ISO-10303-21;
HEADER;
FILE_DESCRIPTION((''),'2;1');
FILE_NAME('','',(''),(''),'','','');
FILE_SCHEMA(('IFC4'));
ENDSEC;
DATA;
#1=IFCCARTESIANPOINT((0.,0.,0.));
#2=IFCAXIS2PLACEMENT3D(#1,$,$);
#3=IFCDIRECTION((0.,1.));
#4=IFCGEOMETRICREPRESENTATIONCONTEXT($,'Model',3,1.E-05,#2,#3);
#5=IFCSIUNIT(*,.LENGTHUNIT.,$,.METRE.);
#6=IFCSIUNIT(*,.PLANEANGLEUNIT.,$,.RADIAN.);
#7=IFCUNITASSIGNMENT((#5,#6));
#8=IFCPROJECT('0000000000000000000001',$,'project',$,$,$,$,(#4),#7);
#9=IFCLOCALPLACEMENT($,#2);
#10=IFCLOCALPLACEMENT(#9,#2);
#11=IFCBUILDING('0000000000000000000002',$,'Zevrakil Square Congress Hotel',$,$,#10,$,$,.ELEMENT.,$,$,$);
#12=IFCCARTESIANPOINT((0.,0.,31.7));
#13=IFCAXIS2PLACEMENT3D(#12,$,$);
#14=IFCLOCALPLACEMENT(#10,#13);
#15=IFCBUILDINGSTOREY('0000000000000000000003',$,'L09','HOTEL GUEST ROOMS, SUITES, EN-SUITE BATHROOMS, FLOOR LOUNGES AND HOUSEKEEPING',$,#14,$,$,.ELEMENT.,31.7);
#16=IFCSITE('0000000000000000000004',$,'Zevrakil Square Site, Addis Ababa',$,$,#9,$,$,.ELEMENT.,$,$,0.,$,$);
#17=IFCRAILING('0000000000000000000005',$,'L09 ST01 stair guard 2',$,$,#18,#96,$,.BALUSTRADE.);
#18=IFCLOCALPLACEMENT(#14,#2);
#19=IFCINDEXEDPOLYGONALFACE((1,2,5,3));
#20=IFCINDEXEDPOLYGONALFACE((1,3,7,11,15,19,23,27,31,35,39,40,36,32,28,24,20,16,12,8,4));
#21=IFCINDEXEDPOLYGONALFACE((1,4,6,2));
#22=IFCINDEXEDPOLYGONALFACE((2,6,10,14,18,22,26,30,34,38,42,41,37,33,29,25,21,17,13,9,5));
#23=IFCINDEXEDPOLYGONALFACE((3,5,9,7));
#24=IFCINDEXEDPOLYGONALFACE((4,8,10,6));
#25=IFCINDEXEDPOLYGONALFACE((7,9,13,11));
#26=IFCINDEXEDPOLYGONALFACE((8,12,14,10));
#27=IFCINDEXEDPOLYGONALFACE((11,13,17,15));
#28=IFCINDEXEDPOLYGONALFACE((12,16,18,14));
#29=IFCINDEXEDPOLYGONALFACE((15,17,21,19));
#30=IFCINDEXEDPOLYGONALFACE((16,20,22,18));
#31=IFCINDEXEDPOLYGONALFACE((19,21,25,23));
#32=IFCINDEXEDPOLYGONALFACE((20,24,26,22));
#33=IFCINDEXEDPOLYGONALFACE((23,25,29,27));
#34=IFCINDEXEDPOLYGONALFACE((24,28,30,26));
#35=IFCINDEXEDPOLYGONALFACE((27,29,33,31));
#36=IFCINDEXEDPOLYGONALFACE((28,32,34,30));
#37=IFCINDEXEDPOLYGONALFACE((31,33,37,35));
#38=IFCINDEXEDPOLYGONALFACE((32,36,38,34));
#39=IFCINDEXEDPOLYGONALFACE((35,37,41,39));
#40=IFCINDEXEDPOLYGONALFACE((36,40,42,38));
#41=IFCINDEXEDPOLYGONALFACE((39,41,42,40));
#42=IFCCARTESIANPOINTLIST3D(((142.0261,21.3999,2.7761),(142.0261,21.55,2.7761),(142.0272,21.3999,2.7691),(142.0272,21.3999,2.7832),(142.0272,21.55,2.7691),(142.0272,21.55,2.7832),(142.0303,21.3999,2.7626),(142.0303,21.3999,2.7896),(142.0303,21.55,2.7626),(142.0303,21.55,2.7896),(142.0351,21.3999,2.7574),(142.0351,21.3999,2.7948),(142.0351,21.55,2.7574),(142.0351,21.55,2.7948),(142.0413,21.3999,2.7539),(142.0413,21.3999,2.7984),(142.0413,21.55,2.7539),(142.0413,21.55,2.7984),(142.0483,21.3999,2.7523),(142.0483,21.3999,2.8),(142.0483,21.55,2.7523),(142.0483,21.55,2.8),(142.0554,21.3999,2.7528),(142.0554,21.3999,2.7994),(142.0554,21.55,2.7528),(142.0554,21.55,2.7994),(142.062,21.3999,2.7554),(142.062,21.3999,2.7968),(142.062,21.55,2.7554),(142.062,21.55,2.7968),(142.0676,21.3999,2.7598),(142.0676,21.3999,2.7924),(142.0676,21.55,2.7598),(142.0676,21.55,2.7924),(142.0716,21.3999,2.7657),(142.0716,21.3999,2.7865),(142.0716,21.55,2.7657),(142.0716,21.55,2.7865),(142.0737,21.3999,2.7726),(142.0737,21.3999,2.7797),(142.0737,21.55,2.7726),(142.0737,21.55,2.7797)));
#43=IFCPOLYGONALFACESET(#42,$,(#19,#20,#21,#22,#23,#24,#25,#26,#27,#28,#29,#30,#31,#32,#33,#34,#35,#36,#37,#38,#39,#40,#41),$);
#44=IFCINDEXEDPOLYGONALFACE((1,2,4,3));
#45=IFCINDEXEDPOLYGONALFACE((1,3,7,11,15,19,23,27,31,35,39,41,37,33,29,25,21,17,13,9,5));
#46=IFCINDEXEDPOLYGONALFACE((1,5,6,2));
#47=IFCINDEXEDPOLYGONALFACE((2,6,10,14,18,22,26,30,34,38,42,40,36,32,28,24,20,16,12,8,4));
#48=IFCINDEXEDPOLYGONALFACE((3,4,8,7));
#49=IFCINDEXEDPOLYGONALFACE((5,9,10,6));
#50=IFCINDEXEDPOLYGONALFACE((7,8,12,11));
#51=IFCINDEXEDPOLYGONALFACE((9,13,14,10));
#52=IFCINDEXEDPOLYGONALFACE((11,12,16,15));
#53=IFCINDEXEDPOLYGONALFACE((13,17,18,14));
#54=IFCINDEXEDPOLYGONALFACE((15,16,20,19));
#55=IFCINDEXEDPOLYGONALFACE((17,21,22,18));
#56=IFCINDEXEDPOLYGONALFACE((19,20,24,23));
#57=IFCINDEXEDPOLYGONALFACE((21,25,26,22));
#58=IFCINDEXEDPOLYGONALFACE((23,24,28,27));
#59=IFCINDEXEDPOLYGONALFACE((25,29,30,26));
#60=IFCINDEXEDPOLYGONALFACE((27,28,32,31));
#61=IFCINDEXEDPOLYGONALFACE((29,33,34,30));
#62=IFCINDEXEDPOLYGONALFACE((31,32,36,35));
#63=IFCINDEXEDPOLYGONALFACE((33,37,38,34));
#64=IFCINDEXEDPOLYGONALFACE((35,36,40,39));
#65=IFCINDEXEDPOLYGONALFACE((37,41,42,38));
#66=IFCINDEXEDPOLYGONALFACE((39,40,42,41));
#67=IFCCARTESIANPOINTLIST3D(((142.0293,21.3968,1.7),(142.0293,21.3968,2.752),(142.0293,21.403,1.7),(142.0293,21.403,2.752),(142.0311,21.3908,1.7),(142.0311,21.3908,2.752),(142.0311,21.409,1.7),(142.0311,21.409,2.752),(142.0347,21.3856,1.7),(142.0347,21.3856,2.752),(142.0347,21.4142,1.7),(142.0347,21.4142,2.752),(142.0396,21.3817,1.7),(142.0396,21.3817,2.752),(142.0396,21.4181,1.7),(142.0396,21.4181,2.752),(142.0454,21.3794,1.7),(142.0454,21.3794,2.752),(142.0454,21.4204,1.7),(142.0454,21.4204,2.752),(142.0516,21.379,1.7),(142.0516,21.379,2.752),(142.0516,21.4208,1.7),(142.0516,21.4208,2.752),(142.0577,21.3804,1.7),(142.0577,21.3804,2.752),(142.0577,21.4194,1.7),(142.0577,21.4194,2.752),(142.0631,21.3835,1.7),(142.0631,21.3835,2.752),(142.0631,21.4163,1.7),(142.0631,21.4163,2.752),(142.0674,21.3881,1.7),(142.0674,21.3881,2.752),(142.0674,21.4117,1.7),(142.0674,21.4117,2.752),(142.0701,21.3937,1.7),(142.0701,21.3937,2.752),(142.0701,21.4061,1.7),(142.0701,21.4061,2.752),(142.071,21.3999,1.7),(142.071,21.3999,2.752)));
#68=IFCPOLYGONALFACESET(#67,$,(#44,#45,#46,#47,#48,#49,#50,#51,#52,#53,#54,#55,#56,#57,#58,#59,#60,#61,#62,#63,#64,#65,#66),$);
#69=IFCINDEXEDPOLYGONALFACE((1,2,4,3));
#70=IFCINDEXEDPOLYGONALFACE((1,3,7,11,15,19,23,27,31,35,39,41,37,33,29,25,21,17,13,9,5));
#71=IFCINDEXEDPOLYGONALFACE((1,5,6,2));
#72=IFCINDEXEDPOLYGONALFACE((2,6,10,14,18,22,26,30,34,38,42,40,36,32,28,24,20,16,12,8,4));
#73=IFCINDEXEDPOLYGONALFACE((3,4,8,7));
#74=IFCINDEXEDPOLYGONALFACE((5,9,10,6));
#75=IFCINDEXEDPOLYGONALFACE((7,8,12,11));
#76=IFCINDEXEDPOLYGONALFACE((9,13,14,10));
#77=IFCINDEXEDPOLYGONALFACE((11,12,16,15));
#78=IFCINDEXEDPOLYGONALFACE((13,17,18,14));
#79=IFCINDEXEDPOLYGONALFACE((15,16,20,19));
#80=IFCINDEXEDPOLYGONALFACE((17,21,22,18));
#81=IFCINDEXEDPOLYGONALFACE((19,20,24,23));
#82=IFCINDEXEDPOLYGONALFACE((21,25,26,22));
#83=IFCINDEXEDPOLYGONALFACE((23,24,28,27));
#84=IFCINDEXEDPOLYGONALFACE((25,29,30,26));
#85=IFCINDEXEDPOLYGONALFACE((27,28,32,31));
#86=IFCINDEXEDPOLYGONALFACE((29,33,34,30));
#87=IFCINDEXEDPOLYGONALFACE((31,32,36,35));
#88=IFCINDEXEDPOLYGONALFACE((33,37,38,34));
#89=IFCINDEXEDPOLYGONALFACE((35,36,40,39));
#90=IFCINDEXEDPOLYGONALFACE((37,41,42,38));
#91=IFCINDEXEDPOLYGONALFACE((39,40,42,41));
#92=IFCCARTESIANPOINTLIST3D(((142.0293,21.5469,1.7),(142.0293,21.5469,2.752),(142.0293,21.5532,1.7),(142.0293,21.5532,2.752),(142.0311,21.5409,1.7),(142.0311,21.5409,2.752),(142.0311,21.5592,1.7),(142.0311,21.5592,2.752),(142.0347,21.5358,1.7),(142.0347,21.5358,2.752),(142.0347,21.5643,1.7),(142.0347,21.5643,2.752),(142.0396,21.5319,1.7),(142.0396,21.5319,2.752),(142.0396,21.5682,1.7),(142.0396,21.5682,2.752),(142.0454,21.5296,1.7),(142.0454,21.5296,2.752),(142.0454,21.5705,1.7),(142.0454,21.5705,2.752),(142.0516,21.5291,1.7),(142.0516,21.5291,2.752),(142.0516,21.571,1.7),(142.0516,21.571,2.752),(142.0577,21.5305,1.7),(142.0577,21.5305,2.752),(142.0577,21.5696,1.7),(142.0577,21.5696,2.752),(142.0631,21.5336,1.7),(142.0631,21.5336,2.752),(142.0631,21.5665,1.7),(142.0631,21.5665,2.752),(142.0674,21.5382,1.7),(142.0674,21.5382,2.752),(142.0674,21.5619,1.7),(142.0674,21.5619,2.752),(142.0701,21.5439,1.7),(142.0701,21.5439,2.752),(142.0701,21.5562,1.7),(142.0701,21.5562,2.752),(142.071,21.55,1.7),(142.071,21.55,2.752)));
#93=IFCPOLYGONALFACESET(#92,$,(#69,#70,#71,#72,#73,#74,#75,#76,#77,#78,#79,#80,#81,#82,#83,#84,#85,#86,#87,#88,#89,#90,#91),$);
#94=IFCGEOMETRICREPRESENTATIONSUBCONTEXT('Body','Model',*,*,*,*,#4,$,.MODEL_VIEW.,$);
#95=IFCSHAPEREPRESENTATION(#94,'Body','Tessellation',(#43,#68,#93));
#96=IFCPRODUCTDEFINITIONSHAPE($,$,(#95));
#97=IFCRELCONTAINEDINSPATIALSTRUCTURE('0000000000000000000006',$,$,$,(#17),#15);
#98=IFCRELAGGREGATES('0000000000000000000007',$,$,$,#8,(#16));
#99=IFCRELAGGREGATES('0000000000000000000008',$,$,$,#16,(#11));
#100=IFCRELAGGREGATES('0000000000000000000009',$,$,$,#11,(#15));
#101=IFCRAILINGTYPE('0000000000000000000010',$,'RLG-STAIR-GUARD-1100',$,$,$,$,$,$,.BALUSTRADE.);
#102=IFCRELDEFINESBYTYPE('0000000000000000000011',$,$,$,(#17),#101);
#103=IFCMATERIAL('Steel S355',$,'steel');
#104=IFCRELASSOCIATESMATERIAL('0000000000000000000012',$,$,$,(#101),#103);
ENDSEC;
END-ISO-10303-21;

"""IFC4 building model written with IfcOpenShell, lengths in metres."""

from ifc_helpers import new_model, si_unit, direction, frame, origin, origin_2d, place, context, subcontext, project, spatial, circle, extrude, material, type_object, element, save


model = new_model("IFC4")

# Units and contexts
model_context = context("Model", 3, precision=1e-05, world=origin(), true_north=direction((0.0, 1.0)))
body_context = subcontext(model_context, "Body", "Model", "MODEL_VIEW")
ifc_project = project(units=[si_unit("LENGTHUNIT", "METRE"), si_unit("PLANEANGLEUNIT", "RADIAN")], contexts=[model_context])

# Site, building, storey
site_placement = place(None, origin())
site = spatial("IfcSite", under=ifc_project, at=site_placement, Name="Zevrakil Square Site, Addis Ababa", CompositionType="ELEMENT", RefElevation=0.0)
building_placement = place(site_placement, origin())
building = spatial("IfcBuilding", under=site, at=building_placement, Name="Zevrakil Square Congress Hotel", CompositionType="ELEMENT")
storey_placement = place(building_placement, frame((0.0, 0.0, 31.7)))
storey = spatial("IfcBuildingStorey", under=building, at=storey_placement, Name="L09", Description="HOTEL GUEST ROOMS, SUITES, EN-SUITE BATHROOMS, FLOOR LOUNGES AND HOUSEKEEPING", CompositionType="ELEMENT", Elevation=31.7)

# Railing
ifc_material_1 = material(Name="Steel S355", Category="steel")
railing_type_1 = type_object("IfcRailingType", Name="RLG-STAIR-GUARD-1100", PredefinedType="BALUSTRADE", material=ifc_material_1)
railing_1_placement = place(storey_placement, frame((142.05, 21.3999, 1.7)))
element("IfcRailing", 1, at=railing_1_placement, inside=storey, type_object=railing_type_1, Name="L09 ST01 stair guard 2", PredefinedType="BALUSTRADE", context=body_context, shape_type="SweptSolid", body=[
    extrude(circle(Radius=0.0239, at=origin_2d()), frame((0.0, 0.0, 1.0762), z_axis=(0.0, 1.0, 0.0), x_axis=(-1.0, 0.0, 0.0)), (0.0, 0.0, 1.0), 0.1501),
    extrude(circle(Radius=0.021, at=origin_2d()), origin(), (0.0, 0.0, 1.0), 1.052),
    extrude(circle(Radius=0.021, at=origin_2d()), frame((0.0, 0.1501, 0.0)), (0.0, 0.0, 1.0), 1.052),
])

save(model, "model.ifc")
